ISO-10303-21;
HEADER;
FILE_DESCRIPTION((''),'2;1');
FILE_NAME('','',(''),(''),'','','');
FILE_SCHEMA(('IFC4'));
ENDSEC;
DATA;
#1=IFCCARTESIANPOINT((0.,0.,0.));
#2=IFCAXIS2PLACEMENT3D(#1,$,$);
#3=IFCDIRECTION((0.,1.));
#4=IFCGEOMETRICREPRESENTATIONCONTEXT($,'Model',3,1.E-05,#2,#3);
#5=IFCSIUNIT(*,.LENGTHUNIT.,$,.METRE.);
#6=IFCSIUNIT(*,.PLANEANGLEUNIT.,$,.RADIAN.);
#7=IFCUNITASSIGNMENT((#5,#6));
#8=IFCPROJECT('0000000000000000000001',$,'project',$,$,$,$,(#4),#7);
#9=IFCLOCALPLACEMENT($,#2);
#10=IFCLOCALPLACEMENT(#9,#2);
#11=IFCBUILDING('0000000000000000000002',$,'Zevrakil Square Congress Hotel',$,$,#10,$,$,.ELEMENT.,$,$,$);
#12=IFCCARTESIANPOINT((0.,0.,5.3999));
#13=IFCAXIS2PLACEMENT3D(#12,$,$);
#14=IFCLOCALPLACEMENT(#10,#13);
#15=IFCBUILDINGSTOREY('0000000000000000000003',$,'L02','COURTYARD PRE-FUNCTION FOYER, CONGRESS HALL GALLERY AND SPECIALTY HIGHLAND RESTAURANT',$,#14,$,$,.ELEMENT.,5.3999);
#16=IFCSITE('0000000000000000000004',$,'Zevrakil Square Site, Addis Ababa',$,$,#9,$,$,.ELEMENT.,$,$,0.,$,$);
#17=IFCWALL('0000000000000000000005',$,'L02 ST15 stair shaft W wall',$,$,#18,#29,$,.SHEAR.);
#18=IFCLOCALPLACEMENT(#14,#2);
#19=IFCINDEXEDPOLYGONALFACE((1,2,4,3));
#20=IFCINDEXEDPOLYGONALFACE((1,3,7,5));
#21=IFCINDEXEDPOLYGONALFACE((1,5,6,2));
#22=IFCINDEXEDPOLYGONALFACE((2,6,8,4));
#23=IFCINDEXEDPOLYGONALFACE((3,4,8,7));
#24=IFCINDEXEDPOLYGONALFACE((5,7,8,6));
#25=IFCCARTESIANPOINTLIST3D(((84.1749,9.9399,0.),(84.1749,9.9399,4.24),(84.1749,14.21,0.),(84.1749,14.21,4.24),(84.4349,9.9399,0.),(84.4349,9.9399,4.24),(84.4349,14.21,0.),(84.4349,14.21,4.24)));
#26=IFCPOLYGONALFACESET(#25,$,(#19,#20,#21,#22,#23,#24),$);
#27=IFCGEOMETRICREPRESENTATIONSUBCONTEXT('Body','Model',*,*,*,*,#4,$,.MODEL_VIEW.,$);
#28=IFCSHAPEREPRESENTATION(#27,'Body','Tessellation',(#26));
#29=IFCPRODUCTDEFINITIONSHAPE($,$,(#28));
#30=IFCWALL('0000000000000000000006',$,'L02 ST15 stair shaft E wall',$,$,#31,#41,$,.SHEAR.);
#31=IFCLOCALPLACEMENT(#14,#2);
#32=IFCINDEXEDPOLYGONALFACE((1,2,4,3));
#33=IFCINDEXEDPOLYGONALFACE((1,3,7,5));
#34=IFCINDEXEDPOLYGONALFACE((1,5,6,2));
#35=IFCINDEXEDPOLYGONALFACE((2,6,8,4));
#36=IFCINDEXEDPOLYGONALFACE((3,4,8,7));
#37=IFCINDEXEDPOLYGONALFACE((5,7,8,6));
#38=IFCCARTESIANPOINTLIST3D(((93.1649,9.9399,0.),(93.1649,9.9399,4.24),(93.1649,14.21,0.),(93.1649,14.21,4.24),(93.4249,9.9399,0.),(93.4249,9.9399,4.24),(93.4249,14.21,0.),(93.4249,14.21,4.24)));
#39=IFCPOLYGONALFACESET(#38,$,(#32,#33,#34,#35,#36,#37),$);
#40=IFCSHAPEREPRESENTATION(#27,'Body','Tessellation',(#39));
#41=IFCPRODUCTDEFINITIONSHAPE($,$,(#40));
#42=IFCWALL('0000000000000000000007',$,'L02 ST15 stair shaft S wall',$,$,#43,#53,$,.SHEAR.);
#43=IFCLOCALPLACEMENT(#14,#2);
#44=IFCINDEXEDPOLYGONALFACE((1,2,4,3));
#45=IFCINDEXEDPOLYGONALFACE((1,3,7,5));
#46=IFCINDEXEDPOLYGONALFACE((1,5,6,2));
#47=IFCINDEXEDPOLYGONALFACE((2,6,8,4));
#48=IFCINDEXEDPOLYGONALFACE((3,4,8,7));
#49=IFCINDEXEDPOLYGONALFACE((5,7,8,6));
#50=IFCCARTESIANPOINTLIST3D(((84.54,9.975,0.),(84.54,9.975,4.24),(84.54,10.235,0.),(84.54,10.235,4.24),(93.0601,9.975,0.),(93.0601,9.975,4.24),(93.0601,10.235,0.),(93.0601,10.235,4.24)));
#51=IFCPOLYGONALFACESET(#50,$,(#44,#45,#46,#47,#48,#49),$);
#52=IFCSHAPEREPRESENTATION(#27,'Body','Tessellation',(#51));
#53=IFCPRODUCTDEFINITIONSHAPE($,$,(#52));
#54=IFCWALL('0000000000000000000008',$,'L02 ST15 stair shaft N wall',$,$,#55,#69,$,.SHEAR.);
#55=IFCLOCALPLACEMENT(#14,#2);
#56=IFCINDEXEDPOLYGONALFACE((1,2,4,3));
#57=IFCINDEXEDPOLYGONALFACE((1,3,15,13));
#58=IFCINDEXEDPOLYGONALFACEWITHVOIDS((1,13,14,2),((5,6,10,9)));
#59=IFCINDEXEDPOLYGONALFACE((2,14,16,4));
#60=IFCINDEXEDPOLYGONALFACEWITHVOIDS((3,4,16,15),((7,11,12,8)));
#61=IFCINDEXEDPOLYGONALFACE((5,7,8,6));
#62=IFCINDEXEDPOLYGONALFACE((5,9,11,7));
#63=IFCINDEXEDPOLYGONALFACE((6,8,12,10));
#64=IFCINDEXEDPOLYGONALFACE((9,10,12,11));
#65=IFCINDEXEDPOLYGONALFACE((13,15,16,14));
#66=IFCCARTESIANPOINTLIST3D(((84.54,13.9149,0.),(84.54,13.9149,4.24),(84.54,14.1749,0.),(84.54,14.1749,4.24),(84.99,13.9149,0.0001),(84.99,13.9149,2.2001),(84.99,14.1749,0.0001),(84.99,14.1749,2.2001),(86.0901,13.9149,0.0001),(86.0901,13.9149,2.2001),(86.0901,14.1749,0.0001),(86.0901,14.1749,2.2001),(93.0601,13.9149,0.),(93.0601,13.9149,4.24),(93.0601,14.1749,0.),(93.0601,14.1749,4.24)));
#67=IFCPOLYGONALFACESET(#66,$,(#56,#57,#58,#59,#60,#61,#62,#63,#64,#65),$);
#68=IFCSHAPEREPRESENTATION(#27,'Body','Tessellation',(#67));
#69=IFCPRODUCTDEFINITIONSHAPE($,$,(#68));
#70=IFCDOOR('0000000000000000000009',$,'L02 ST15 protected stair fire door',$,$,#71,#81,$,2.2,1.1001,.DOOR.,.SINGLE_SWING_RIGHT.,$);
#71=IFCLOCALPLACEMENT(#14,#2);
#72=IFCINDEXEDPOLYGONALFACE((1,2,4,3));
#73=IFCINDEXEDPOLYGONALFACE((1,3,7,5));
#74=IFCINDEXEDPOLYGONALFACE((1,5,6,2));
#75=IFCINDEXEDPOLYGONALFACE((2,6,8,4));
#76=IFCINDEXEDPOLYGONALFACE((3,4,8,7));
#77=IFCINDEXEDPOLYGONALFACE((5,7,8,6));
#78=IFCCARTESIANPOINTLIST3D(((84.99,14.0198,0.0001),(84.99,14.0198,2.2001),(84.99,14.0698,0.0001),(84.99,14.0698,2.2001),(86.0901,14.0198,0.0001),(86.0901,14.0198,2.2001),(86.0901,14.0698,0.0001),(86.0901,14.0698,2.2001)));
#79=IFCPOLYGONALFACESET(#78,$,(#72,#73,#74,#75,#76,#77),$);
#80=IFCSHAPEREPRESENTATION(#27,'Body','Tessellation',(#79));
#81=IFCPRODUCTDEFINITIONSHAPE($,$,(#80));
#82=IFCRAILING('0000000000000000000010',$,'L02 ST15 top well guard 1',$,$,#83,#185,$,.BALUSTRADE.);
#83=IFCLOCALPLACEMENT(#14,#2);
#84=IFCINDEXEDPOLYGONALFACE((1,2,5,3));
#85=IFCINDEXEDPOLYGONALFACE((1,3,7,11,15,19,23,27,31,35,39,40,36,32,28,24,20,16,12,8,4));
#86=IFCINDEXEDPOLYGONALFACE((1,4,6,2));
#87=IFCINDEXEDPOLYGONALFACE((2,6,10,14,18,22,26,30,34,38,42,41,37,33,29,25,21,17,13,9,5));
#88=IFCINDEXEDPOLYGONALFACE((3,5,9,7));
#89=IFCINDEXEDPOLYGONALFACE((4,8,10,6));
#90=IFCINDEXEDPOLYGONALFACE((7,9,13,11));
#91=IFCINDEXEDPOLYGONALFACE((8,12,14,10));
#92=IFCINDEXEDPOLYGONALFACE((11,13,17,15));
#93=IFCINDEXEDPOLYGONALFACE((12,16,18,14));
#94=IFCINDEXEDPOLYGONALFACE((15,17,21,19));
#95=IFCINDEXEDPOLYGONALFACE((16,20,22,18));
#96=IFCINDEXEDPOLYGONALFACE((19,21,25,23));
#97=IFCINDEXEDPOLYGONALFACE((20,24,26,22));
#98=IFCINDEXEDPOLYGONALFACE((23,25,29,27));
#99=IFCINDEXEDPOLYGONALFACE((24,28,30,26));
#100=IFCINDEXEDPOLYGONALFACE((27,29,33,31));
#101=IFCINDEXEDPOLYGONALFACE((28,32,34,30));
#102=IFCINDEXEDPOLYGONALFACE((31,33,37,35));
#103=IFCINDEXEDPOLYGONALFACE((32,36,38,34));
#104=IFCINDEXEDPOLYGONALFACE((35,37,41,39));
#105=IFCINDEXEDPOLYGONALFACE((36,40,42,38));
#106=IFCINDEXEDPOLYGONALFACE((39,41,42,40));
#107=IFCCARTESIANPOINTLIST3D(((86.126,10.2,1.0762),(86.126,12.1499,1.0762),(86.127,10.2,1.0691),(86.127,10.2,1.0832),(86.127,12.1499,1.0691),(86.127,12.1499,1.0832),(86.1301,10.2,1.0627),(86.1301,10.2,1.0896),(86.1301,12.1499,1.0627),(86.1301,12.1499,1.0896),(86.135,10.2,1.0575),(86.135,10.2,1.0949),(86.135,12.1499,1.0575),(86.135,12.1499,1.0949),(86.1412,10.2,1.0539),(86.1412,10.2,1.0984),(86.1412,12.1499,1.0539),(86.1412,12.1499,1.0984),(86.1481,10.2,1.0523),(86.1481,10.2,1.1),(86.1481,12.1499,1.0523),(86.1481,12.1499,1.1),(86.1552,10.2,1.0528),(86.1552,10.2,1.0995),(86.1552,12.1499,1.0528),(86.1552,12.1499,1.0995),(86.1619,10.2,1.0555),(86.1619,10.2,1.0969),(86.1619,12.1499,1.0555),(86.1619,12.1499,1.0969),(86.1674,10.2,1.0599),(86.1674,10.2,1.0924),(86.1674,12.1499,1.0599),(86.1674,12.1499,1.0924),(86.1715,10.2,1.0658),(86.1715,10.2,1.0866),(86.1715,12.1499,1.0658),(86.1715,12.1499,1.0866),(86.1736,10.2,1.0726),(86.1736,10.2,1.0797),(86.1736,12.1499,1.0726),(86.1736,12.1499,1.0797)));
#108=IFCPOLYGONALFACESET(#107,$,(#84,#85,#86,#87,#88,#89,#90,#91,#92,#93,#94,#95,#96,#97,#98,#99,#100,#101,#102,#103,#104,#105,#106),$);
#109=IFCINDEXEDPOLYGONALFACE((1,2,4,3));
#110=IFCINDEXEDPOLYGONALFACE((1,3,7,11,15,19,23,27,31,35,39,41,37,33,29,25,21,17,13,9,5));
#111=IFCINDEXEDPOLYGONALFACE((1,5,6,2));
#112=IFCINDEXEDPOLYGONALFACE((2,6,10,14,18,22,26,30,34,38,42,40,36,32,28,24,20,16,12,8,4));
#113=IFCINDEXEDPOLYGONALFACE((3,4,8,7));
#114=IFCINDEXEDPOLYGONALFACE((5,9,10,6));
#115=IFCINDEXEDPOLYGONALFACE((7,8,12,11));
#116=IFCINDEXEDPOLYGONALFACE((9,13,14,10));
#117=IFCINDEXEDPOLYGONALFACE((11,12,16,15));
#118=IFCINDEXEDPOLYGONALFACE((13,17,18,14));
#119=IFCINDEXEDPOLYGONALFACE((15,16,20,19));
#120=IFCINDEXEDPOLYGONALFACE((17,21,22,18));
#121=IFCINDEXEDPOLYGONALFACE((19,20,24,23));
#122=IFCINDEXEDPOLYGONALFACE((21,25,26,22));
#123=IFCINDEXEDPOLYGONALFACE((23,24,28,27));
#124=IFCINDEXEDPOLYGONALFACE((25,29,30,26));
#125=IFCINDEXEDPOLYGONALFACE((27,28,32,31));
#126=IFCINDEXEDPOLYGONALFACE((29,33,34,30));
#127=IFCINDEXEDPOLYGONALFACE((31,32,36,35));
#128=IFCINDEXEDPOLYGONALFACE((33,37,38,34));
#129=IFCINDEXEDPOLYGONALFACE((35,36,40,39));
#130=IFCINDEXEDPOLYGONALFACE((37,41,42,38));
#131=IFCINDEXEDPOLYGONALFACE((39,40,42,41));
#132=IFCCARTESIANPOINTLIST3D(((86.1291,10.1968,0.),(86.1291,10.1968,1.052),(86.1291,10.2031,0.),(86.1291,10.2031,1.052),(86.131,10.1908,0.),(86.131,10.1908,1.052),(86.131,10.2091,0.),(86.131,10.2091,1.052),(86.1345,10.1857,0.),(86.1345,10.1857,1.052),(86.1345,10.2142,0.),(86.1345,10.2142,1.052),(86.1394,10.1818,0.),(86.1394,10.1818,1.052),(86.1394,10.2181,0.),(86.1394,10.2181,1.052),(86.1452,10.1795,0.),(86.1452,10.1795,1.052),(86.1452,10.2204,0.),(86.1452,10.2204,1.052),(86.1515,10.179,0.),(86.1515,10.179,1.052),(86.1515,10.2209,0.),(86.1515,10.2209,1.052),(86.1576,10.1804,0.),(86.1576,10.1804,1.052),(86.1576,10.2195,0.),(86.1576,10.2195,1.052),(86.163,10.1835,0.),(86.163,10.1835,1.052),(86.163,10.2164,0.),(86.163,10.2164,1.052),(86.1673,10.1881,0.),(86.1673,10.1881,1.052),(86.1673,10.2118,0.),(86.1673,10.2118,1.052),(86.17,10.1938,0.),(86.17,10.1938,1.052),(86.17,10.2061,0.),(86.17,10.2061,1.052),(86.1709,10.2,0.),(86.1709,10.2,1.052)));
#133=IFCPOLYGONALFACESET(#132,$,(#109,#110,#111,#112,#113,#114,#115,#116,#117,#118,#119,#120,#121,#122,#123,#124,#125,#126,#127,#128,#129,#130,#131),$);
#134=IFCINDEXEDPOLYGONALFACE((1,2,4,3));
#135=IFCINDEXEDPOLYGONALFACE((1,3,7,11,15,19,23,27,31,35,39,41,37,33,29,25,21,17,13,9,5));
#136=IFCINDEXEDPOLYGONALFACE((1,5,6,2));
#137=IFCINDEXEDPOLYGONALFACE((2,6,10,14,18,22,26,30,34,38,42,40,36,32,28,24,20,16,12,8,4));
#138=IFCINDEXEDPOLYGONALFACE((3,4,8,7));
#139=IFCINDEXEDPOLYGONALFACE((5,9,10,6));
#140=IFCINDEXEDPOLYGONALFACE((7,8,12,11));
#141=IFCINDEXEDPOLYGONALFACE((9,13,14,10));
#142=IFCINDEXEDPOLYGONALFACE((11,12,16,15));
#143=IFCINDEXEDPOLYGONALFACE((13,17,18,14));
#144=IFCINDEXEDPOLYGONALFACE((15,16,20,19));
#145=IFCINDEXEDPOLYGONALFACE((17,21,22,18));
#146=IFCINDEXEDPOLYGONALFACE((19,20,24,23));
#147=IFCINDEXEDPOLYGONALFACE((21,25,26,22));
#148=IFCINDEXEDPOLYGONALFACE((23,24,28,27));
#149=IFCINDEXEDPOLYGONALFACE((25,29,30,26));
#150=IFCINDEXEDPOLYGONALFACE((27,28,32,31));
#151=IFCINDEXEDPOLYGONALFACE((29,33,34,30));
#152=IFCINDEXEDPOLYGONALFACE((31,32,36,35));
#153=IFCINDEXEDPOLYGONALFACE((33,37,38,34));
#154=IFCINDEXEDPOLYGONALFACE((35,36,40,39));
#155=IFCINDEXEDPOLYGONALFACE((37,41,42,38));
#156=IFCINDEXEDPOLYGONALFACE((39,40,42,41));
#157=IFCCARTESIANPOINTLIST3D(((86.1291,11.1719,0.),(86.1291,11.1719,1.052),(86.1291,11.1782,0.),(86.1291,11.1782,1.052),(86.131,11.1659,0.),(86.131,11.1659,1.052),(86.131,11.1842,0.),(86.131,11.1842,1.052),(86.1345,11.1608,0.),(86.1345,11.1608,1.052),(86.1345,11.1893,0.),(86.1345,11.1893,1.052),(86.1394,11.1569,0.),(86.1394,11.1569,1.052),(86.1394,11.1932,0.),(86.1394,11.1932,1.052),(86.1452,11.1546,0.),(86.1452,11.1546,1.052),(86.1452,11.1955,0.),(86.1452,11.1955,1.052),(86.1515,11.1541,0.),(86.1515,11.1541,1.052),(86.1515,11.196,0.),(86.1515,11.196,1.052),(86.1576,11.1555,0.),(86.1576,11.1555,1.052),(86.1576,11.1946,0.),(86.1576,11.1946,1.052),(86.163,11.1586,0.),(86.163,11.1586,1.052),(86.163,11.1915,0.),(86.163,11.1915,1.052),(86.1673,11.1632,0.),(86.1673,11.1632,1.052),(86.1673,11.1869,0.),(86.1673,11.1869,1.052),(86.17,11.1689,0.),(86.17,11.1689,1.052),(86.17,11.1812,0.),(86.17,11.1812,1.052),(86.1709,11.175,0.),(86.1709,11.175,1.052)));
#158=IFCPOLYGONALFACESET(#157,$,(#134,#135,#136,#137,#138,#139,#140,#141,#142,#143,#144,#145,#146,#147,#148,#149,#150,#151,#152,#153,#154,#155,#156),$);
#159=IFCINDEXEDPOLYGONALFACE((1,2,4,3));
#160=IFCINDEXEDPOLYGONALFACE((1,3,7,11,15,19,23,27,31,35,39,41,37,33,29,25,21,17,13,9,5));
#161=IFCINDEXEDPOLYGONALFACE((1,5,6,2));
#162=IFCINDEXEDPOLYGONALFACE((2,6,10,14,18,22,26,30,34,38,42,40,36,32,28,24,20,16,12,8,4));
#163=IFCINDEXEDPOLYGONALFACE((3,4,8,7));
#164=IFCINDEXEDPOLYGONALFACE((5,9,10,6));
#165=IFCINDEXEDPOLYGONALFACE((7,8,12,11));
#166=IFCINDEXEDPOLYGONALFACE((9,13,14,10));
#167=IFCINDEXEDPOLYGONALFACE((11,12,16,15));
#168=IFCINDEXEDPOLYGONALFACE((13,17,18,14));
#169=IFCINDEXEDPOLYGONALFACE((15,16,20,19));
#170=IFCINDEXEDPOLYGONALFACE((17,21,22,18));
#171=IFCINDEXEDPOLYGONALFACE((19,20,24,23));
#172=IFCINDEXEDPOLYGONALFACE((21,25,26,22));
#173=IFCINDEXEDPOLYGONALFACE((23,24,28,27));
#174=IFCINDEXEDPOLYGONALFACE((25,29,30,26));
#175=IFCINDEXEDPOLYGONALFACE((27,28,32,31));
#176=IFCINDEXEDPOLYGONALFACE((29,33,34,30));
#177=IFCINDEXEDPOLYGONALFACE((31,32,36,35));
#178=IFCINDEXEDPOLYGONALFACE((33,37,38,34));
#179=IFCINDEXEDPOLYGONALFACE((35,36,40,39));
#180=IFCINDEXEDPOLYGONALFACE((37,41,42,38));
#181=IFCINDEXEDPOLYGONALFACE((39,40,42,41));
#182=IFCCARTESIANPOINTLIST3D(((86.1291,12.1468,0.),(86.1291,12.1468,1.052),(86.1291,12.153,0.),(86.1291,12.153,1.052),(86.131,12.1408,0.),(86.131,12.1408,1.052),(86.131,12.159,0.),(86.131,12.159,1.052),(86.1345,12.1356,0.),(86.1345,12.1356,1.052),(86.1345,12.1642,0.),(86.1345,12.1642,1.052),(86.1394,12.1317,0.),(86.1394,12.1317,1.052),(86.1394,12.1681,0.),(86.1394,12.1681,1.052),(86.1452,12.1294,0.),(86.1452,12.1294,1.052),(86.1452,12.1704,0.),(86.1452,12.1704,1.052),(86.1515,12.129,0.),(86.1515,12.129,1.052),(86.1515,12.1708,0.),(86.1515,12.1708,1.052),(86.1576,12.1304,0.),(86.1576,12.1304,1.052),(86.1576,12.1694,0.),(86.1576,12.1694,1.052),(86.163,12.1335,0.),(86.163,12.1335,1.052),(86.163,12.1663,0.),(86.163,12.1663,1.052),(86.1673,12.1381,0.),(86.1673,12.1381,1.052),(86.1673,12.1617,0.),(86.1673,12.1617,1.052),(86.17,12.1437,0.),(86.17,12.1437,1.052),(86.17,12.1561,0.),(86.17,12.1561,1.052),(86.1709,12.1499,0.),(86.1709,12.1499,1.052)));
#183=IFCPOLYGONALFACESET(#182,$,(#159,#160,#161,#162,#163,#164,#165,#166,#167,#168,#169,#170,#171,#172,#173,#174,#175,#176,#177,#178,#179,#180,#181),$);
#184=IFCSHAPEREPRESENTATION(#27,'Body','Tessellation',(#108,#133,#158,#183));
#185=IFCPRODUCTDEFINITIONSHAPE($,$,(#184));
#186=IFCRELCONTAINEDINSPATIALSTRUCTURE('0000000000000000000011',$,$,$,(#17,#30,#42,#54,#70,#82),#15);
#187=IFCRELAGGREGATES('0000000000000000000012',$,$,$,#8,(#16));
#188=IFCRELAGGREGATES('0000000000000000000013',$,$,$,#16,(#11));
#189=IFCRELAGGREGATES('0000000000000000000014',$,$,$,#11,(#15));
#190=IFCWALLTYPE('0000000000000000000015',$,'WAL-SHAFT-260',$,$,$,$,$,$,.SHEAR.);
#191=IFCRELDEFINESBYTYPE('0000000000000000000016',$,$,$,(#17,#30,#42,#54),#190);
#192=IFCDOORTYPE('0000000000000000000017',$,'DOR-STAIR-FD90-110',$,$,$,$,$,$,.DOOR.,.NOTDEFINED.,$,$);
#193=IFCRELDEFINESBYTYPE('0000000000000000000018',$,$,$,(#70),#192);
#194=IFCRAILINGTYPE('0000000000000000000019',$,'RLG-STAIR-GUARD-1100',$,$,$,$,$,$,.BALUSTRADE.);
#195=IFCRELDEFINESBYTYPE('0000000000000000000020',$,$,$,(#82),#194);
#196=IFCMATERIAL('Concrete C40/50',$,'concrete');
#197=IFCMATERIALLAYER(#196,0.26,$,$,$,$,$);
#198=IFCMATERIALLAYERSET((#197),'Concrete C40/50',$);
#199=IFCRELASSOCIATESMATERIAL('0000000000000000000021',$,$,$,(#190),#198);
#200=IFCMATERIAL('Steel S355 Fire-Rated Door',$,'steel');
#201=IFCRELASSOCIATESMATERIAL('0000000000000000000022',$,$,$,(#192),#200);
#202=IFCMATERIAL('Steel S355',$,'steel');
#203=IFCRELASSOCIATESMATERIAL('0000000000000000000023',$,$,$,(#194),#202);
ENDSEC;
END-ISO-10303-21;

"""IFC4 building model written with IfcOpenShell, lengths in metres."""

from ifc_helpers import new_model, si_unit, direction, frame, frame_2d, origin, origin_2d, place, context, subcontext, project, spatial, rectangle, circle, extrude, material, layer, layer_set, type_object, element, fill, save


model = new_model("IFC4")

# Units and contexts
model_context = context("Model", 3, precision=1e-05, world=origin(), true_north=direction((0.0, 1.0)))
body_context = subcontext(model_context, "Body", "Model", "MODEL_VIEW")
ifc_project = project(units=[si_unit("LENGTHUNIT", "METRE"), si_unit("PLANEANGLEUNIT", "RADIAN")], contexts=[model_context])

# Site, building, storey
site_placement = place(None, origin())
site = spatial("IfcSite", under=ifc_project, at=site_placement, Name="Zevrakil Square Site, Addis Ababa", CompositionType="ELEMENT", RefElevation=0.0)
building_placement = place(site_placement, origin())
building = spatial("IfcBuilding", under=site, at=building_placement, Name="Zevrakil Square Congress Hotel", CompositionType="ELEMENT")
storey_placement = place(building_placement, frame((0.0, 0.0, 5.3999)))
storey = spatial("IfcBuildingStorey", under=building, at=storey_placement, Name="L02", Description="COURTYARD PRE-FUNCTION FOYER, CONGRESS HALL GALLERY AND SPECIALTY HIGHLAND RESTAURANT", CompositionType="ELEMENT", Elevation=5.3999)

# Walls
ifc_material_1 = material(Name="Concrete C40/50", Category="concrete")
ifc_layer_1 = layer(ifc_material_1, 0.26)
ifc_layer_set_1 = layer_set([ifc_layer_1], Name="Concrete C40/50")
wall_type_1 = type_object("IfcWallType", Name="WAL-SHAFT-260", PredefinedType="SHEAR", material=ifc_layer_set_1)
for number, where, z_axis, x_axis, name in (
    (1, (84.3049, 9.9399, 0.0), (0.0, 0.0, 1.0), (0.0, 1.0, 0.0), "L02 ST15 stair shaft W wall"),
    (2, (93.2949, 9.9399, 0.0), (0.0, 0.0, 1.0), (0.0, 1.0, 0.0), "L02 ST15 stair shaft E wall"),
):
    element("IfcWall", number, at=place(storey_placement, frame(where, z_axis=z_axis, x_axis=x_axis)), inside=storey, type_object=wall_type_1, Name=name, PredefinedType="SHEAR", context=body_context, shape_type="SweptSolid", body=[
        extrude(rectangle(XDim=4.27, YDim=0.26, at=frame_2d((2.135, 0.0))), origin(), (0.0, 0.0, 1.0), 4.24),
    ])
wall_1_placement = place(storey_placement, frame((84.54, 10.105, 0.0), z_axis=(0.0, 0.0, 1.0), x_axis=(1.0, 0.0, 0.0)))
element("IfcWall", 3, at=wall_1_placement, inside=storey, type_object=wall_type_1, Name="L02 ST15 stair shaft S wall", PredefinedType="SHEAR", context=body_context, shape_type="SweptSolid", body=[
    extrude(rectangle(XDim=8.52, YDim=0.26, at=frame_2d((4.26, 0.0))), origin(), (0.0, 0.0, 1.0), 4.24),
])

# Wall, opening, door
wall_2_placement = place(storey_placement, frame((84.54, 14.0449, 0.0), z_axis=(0.0, 0.0, 1.0), x_axis=(1.0, 0.0, 0.0)))
wall_2 = element("IfcWall", 4, at=wall_2_placement, inside=storey, type_object=wall_type_1, Name="L02 ST15 stair shaft N wall", PredefinedType="SHEAR", context=body_context, shape_type="SweptSolid", body=[
    extrude(rectangle(XDim=8.52, YDim=0.26, at=frame_2d((4.26, 0.0))), origin(), (0.0, 0.0, 1.0), 4.24),
])
opening_1_placement = place(wall_2_placement, frame((0.45, 0.0, 0.0)))
opening_1 = element("IfcOpeningElement", 5, at=opening_1_placement, cuts=wall_2, PredefinedType="OPENING", context=body_context, shape_type="SweptSolid", body=[
    extrude(rectangle(XDim=1.1001, YDim=2.2, at=frame_2d((0.55, 1.1001))), frame((0.0, 0.1401, 0.0), z_axis=(0.0, -1.0, 0.0), x_axis=(1.0, 0.0, 0.0)), (0.0, 0.0, 1.0), 0.28),
])
ifc_material_2 = material(Name="Steel S355 Fire-Rated Door", Category="steel")
door_type_1 = type_object("IfcDoorType", Name="DOR-STAIR-FD90-110", OperationType="NOTDEFINED", PredefinedType="DOOR", material=ifc_material_2)
door_1_placement = place(opening_1_placement, origin())
door_1 = element("IfcDoor", 6, at=door_1_placement, inside=storey, type_object=door_type_1, Name="L02 ST15 protected stair fire door", OperationType="SINGLE_SWING_RIGHT", OverallHeight=2.2, OverallWidth=1.1001, PredefinedType="DOOR", context=body_context, shape_type="SweptSolid", body=[
    extrude(rectangle(XDim=1.1001, YDim=2.2, at=frame_2d((0.55, 1.1001))), frame((0.0, 0.0249, 0.0), z_axis=(0.0, -1.0, 0.0), x_axis=(1.0, 0.0, 0.0)), (0.0, 0.0, 1.0), 0.05),
])
fill(opening_1, door_1)

# Railing
ifc_material_3 = material(Name="Steel S355", Category="steel")
railing_type_1 = type_object("IfcRailingType", Name="RLG-STAIR-GUARD-1100", PredefinedType="BALUSTRADE", material=ifc_material_3)
railing_1_placement = place(storey_placement, frame((86.1499, 10.2, 0.0)))
element("IfcRailing", 7, at=railing_1_placement, inside=storey, type_object=railing_type_1, Name="L02 ST15 top well guard 1", PredefinedType="BALUSTRADE", context=body_context, shape_type="SweptSolid", body=[
    extrude(circle(Radius=0.0239, at=origin_2d()), frame((0.0, 0.0, 1.0762), z_axis=(0.0, 1.0, 0.0), x_axis=(-1.0, 0.0, 0.0)), (0.0, 0.0, 1.0), 1.95),
    extrude(circle(Radius=0.021, at=origin_2d()), origin(), (0.0, 0.0, 1.0), 1.052),
    extrude(circle(Radius=0.021, at=origin_2d()), frame((0.0, 0.9751, 0.0)), (0.0, 0.0, 1.0), 1.052),
    extrude(circle(Radius=0.021, at=origin_2d()), frame((0.0, 1.95, 0.0)), (0.0, 0.0, 1.0), 1.052),
])

save(model, "model.ifc")
